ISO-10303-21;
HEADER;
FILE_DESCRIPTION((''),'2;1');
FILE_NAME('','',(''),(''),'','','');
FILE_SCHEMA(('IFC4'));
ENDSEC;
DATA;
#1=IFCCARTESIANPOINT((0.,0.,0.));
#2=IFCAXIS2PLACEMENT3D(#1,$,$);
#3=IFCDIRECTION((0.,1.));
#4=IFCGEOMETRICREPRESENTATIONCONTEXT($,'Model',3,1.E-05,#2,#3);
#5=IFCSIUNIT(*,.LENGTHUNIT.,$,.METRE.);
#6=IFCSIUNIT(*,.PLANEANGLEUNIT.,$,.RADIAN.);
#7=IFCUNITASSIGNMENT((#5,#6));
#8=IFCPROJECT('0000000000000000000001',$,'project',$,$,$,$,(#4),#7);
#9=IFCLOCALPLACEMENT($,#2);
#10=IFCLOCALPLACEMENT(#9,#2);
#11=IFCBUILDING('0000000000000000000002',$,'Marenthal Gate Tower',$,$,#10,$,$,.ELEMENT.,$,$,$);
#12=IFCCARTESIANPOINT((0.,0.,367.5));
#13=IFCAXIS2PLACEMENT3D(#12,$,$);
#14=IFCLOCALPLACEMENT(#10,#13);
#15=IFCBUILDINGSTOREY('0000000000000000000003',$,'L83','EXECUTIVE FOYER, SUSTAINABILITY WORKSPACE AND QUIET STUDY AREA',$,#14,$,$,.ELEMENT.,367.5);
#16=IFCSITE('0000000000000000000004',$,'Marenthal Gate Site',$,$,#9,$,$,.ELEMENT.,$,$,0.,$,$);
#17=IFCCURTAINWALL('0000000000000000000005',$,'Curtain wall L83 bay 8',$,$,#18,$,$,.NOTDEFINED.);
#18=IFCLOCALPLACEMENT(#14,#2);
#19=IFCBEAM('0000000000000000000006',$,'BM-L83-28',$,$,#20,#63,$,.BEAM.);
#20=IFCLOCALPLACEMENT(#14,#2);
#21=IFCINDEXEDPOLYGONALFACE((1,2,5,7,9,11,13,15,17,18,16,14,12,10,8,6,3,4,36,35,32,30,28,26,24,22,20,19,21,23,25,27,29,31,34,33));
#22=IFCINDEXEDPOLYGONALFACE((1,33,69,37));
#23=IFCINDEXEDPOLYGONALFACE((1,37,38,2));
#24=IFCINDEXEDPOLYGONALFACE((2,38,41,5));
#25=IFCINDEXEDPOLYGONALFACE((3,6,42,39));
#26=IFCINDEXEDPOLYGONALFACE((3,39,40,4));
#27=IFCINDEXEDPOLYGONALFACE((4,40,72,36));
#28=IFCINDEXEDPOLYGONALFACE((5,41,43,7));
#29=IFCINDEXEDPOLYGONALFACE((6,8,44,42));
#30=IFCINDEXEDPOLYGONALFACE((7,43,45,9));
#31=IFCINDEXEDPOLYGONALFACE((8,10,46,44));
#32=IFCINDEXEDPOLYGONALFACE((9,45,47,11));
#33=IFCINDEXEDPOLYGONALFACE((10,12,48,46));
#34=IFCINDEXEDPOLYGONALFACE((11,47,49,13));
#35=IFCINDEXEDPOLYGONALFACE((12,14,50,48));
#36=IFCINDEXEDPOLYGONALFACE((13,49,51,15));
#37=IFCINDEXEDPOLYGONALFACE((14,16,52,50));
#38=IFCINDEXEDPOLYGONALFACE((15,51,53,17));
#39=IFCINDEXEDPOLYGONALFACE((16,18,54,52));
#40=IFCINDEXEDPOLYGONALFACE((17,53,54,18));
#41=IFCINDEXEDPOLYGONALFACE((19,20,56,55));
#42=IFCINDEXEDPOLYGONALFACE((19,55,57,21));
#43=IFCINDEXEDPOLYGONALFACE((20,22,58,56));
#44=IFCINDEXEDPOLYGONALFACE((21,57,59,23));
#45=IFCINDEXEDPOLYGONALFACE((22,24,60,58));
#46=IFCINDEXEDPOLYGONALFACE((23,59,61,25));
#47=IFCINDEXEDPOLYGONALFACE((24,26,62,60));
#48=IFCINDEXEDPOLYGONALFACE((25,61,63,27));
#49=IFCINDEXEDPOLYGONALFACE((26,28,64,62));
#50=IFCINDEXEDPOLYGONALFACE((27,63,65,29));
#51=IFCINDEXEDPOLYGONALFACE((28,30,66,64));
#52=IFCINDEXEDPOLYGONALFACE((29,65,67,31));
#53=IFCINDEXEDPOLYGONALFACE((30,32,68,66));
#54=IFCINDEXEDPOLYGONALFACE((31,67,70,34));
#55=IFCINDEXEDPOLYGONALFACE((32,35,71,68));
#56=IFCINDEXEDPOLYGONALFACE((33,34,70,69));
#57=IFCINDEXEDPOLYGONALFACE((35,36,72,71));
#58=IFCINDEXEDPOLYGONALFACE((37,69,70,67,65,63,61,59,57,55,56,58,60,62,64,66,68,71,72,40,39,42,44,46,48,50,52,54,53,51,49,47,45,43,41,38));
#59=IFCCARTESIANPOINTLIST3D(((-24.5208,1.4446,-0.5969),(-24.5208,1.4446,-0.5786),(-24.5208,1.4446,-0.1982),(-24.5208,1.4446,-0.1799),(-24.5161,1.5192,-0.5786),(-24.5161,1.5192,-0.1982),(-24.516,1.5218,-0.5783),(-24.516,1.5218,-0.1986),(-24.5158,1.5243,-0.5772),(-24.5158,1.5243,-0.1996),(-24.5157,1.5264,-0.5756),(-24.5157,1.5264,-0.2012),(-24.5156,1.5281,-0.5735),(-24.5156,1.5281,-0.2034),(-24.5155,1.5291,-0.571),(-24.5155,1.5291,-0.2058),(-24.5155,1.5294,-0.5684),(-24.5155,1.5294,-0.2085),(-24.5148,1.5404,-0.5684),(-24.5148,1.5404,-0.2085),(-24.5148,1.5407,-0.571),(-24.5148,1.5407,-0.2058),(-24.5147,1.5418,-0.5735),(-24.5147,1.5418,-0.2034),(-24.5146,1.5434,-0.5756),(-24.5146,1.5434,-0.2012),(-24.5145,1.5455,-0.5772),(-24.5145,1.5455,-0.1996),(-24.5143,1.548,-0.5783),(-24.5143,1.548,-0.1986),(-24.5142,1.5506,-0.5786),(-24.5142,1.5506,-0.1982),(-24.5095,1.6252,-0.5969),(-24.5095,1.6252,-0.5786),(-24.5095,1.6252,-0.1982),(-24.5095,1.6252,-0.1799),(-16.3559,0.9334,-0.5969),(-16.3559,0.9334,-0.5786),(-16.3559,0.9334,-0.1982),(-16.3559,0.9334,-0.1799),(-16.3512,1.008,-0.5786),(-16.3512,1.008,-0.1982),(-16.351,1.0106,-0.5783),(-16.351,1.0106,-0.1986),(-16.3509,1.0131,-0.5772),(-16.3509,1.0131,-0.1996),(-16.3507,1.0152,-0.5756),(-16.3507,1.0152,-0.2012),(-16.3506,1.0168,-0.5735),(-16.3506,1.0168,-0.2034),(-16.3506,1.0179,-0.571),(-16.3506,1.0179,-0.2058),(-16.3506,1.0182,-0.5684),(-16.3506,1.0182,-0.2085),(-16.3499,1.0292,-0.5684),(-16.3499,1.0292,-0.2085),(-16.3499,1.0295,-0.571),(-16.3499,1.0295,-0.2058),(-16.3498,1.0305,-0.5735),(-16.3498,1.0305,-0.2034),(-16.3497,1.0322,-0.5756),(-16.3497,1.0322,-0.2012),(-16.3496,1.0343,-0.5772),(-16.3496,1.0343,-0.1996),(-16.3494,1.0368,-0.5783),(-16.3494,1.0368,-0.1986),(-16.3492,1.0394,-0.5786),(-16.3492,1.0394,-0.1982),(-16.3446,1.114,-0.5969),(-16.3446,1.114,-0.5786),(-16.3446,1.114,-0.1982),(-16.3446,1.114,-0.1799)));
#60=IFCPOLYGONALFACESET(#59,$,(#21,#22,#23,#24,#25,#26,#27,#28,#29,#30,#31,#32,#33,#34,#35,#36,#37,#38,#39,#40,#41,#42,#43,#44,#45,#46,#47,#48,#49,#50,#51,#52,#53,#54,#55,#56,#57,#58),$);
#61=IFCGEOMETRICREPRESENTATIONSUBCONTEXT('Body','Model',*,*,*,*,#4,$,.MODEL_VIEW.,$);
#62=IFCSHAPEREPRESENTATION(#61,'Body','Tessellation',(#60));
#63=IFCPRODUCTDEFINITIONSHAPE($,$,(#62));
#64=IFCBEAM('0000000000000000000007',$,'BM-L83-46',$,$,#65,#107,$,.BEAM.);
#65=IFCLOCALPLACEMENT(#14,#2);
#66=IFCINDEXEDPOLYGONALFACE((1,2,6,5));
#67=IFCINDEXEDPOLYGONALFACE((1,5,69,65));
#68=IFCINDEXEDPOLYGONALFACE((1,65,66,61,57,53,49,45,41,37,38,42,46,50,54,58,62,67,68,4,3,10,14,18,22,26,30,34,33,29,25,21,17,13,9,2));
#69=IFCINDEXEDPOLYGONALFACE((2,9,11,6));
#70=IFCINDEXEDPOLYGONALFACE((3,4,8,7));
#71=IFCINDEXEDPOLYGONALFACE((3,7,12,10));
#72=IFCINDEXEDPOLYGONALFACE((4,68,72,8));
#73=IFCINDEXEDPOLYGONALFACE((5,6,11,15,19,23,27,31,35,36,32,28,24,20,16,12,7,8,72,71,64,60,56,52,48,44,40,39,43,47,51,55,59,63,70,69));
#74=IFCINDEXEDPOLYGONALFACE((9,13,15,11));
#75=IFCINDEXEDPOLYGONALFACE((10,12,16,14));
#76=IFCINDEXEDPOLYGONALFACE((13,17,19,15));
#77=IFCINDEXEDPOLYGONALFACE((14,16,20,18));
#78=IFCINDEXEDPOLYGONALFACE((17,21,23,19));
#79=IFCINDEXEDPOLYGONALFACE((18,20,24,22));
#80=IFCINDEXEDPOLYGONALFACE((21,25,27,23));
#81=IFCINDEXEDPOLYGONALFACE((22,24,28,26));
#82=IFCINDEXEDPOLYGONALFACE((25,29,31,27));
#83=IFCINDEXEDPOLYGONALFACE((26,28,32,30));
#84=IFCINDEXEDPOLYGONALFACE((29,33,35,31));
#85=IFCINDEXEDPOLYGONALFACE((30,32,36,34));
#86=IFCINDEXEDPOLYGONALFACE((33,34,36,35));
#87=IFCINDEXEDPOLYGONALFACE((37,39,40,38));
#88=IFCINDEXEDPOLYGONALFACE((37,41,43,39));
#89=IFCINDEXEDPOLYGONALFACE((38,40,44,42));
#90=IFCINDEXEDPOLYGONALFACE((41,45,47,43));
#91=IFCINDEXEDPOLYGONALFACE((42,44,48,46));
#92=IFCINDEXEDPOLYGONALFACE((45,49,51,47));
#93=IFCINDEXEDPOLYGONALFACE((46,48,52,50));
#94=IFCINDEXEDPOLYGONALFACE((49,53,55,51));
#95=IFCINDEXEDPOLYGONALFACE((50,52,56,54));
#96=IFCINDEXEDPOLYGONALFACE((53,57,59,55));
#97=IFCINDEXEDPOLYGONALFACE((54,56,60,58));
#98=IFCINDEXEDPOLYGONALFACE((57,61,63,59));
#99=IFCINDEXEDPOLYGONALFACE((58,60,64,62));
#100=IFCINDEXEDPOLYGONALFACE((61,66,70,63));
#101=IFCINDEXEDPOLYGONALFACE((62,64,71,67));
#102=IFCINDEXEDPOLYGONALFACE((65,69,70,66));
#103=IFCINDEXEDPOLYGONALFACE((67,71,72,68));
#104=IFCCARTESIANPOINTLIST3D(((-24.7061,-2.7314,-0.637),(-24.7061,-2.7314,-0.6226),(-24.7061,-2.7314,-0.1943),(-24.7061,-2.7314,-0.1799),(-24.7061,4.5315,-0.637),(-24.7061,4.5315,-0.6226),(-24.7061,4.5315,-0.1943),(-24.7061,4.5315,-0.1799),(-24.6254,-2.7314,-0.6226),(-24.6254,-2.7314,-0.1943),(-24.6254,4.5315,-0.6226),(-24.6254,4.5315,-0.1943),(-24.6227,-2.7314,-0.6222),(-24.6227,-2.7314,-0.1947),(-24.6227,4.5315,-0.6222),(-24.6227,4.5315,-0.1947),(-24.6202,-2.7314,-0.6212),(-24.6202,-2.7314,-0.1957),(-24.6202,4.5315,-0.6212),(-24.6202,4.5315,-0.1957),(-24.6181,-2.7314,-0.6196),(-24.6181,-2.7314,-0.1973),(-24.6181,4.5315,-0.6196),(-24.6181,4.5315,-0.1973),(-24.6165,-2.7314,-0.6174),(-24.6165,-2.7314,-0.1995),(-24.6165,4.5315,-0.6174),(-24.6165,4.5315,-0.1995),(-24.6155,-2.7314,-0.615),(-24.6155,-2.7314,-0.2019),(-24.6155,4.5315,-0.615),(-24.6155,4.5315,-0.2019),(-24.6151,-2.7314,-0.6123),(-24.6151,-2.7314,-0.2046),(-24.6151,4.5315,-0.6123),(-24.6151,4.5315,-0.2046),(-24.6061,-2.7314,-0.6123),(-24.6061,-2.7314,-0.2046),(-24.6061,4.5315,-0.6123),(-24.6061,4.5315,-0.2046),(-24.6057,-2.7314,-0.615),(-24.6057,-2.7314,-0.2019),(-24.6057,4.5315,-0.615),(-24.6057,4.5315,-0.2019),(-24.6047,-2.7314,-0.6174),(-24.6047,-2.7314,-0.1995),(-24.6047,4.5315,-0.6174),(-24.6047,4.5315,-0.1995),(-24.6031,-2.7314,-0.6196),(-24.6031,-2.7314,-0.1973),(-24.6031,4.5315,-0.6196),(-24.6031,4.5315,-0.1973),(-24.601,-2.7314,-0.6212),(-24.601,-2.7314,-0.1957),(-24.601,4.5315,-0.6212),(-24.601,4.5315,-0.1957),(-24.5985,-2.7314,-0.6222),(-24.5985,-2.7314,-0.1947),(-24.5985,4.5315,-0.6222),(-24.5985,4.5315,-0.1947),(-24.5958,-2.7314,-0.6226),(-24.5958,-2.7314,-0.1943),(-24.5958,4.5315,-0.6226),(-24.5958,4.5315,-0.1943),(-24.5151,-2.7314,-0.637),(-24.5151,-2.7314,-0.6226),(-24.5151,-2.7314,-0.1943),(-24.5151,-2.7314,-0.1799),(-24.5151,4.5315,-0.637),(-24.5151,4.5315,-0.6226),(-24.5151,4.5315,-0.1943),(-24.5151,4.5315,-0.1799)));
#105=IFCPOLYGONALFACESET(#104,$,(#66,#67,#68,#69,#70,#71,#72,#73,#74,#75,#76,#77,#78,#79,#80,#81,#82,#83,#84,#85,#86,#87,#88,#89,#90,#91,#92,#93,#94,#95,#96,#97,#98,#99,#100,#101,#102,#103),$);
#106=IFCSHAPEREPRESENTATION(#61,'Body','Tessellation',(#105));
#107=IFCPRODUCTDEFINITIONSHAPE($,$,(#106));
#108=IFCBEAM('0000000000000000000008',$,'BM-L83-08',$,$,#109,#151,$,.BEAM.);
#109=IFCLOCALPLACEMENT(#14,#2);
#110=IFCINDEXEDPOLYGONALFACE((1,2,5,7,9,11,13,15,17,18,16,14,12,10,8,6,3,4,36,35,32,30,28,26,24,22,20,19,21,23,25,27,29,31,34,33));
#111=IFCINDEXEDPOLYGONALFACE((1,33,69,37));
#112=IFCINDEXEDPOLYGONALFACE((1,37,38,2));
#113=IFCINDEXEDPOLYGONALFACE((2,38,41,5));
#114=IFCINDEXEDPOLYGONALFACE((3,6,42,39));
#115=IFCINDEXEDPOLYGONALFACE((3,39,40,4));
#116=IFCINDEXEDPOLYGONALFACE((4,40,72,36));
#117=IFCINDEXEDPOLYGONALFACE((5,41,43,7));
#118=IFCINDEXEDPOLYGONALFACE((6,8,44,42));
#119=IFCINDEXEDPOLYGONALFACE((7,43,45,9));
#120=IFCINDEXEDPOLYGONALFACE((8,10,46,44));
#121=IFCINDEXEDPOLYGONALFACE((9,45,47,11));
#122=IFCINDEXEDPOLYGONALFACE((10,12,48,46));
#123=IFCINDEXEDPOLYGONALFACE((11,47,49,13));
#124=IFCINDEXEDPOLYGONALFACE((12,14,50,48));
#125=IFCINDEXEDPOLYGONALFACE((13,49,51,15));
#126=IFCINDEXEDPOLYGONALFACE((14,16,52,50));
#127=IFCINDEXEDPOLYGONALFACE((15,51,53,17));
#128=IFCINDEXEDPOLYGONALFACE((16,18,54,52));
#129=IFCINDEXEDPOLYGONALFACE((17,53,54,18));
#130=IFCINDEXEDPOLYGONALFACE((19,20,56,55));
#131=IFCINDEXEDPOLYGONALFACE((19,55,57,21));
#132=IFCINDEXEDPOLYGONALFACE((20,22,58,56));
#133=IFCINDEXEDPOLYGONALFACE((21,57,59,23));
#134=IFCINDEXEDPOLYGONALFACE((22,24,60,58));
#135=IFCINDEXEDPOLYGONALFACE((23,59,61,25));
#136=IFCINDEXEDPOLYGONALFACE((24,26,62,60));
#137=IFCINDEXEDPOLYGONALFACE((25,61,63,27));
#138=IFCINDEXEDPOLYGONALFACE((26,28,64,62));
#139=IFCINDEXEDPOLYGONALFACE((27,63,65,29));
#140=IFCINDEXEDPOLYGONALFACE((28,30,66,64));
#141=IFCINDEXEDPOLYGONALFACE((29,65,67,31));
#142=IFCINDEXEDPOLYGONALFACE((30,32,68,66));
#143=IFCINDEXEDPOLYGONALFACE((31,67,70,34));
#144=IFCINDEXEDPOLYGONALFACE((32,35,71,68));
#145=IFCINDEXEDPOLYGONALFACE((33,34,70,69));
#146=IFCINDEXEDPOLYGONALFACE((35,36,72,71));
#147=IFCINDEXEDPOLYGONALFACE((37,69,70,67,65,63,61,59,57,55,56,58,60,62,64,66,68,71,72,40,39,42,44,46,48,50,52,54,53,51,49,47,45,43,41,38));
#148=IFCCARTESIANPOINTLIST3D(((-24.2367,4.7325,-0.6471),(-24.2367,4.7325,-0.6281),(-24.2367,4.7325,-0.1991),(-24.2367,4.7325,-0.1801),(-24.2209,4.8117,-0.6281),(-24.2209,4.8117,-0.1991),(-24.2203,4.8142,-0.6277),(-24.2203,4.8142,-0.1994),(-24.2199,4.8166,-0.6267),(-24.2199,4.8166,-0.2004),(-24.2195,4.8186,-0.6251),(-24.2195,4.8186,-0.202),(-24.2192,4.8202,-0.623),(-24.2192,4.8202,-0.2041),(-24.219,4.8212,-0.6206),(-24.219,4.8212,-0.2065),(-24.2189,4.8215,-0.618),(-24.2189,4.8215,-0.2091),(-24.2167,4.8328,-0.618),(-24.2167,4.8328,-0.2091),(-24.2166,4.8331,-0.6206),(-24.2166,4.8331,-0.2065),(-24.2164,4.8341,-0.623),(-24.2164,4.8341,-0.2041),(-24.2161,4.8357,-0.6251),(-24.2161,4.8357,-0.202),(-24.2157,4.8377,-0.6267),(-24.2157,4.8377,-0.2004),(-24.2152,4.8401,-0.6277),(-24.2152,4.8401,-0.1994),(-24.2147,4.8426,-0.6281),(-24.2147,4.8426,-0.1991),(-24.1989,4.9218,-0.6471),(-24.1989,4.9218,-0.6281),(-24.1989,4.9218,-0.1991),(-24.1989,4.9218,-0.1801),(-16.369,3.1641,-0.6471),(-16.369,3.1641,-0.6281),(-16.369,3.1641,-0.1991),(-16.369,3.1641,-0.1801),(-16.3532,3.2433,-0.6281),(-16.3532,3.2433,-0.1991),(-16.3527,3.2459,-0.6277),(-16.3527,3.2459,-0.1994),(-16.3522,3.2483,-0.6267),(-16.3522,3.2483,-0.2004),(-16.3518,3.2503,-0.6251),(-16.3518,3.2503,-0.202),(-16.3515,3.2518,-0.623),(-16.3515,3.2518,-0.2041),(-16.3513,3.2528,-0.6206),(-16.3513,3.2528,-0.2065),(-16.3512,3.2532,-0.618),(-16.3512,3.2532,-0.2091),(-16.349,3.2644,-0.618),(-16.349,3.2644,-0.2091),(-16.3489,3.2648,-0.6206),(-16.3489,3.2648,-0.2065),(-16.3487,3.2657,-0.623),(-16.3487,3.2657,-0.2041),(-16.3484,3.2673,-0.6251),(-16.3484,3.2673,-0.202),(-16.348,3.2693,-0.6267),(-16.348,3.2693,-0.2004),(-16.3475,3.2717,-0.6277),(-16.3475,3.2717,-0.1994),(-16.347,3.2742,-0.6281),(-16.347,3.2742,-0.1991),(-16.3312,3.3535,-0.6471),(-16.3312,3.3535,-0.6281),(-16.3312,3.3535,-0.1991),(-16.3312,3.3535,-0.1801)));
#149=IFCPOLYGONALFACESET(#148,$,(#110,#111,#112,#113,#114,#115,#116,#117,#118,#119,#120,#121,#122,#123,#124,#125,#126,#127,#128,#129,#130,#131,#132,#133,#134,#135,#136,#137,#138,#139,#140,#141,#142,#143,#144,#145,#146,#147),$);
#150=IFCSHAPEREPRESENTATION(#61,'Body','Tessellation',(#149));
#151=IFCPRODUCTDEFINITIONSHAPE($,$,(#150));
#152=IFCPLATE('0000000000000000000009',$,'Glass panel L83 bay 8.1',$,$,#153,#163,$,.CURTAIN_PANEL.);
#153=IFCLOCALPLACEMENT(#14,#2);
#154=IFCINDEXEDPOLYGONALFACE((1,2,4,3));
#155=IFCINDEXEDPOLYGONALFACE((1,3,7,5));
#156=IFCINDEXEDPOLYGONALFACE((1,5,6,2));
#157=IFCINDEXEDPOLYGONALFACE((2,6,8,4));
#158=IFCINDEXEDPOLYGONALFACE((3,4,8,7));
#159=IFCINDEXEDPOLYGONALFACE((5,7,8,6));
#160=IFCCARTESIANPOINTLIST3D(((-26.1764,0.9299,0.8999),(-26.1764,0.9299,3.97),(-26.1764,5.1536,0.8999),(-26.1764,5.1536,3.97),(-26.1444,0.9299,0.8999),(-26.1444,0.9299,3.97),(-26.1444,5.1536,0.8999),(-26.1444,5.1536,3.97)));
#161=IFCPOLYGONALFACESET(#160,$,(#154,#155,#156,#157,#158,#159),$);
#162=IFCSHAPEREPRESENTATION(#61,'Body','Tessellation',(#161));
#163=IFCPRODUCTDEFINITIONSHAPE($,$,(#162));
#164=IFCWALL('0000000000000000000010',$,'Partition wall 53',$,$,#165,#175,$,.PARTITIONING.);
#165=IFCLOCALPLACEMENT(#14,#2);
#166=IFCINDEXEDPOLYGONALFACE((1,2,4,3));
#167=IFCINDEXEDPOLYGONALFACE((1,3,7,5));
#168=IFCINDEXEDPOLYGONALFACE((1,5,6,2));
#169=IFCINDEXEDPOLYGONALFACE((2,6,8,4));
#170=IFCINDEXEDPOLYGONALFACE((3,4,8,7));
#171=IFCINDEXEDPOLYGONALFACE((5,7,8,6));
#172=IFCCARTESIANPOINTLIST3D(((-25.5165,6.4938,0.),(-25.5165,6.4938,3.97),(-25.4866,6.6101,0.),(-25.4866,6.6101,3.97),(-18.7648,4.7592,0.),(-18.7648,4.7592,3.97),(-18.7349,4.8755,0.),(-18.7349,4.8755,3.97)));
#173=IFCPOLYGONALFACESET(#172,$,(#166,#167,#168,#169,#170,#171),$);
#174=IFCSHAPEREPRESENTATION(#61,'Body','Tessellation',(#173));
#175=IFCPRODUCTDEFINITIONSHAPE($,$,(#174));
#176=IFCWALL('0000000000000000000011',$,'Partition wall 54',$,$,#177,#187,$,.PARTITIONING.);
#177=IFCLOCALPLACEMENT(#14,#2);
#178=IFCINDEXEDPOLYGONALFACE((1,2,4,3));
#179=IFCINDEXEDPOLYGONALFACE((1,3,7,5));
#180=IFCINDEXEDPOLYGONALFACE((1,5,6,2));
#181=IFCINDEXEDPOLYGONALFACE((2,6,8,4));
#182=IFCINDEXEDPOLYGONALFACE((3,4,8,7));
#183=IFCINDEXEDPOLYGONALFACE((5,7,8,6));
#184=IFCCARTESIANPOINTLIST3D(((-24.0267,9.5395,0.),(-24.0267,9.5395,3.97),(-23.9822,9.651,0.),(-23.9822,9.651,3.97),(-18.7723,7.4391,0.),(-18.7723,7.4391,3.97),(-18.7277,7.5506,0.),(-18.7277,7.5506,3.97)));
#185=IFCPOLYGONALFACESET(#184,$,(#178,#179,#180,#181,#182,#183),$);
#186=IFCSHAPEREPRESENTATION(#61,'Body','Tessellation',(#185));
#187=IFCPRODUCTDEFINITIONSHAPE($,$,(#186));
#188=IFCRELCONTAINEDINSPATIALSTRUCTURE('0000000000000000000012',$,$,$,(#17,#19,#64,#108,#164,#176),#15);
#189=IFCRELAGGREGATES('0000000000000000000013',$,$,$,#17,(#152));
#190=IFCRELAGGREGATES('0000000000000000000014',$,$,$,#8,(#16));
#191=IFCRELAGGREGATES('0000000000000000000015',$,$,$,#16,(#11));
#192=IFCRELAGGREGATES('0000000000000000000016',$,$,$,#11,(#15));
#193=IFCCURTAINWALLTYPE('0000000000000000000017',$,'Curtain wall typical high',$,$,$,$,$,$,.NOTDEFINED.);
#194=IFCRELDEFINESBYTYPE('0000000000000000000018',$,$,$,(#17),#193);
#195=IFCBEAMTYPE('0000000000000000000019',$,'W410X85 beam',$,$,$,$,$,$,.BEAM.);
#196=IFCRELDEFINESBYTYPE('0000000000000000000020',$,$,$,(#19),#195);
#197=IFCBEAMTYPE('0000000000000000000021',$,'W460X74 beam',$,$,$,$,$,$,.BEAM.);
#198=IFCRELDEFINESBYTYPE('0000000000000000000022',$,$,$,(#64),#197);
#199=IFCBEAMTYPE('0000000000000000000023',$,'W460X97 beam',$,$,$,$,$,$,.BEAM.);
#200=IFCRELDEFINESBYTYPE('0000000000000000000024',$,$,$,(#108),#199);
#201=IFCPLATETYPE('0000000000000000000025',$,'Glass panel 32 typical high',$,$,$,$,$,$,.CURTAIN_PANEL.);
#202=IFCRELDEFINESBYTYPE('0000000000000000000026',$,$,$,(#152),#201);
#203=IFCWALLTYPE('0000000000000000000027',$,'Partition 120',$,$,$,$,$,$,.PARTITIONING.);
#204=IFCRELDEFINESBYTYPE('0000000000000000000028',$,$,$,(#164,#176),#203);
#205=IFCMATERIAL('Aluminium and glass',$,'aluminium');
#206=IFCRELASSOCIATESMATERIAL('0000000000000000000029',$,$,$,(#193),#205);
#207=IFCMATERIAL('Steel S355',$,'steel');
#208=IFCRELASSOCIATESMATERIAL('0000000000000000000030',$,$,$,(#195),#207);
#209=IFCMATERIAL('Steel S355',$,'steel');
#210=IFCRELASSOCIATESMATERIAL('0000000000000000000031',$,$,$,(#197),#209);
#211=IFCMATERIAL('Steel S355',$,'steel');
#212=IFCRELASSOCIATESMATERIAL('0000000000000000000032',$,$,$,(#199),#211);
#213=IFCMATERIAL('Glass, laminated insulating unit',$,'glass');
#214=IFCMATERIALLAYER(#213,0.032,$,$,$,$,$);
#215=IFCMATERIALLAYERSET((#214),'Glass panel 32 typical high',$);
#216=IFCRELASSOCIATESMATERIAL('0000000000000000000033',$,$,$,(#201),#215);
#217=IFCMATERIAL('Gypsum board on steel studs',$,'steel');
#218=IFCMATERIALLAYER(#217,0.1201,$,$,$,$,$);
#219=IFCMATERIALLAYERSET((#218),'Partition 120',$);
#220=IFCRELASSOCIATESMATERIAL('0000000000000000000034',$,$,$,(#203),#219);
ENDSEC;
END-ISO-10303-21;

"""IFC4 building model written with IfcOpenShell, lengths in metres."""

from ifc_helpers import new_model, si_unit, direction, frame, frame_2d, origin, origin_2d, place, context, subcontext, project, spatial, rectangle, i_section, extrude, material, layer, layer_set, material_profile, profile_set, type_object, element, aggregate, save


model = new_model("IFC4")

# Units and contexts
model_context = context("Model", 3, precision=1e-05, world=origin(), true_north=direction((0.0, 1.0)))
body_context = subcontext(model_context, "Body", "Model", "MODEL_VIEW")
ifc_project = project(units=[si_unit("LENGTHUNIT", "METRE"), si_unit("PLANEANGLEUNIT", "RADIAN")], contexts=[model_context])

# Site, building, storey
site_placement = place(None, origin())
site = spatial("IfcSite", under=ifc_project, at=site_placement, Name="Marenthal Gate Site", CompositionType="ELEMENT", RefElevation=0.0)
building_placement = place(site_placement, origin())
building = spatial("IfcBuilding", under=site, at=building_placement, Name="Marenthal Gate Tower", CompositionType="ELEMENT")
storey_placement = place(building_placement, frame((0.0, 0.0, 367.5)))
storey = spatial("IfcBuildingStorey", under=building, at=storey_placement, Name="L83", Description="EXECUTIVE FOYER, SUSTAINABILITY WORKSPACE AND QUIET STUDY AREA", CompositionType="ELEMENT", Elevation=367.5)

# Curtain wall
ifc_material_1 = material(Name="Aluminium and glass", Category="aluminium")
curtain_wall_type = type_object("IfcCurtainWallType", Name="Curtain wall typical high", PredefinedType="NOTDEFINED", material=ifc_material_1)
curtain_wall_placement = place(storey_placement, origin())
curtain_wall = element("IfcCurtainWall", 1, at=curtain_wall_placement, inside=storey, type_object=curtain_wall_type, Name="Curtain wall L83 bay 8", PredefinedType="NOTDEFINED")

# Beams
ifc_material_2 = material(Name="Steel S355", Category="steel")
ifc_material_profile_1 = material_profile(ifc_material_2, i_section(OverallWidth=0.1809, OverallDepth=0.417, WebThickness=0.011, FlangeThickness=0.0183, FilletRadius=0.0103, at=origin_2d()), Name="W410X85")
ifc_profile_set_1 = profile_set([ifc_material_profile_1], Name="Steel S355")
beam_type_1 = type_object("IfcBeamType", Name="W410X85 beam", PredefinedType="BEAM", material=ifc_profile_set_1)
beam_1_placement = place(storey_placement, frame((-24.5151, 1.5349, -0.3884), z_axis=(0.998046, -0.06249, 0.0), x_axis=(0.06249, 0.998046, 0.0)))
element("IfcBeam", 2, at=beam_1_placement, inside=storey, type_object=beam_type_1, Name="BM-L83-28", PredefinedType="BEAM", context=body_context, shape_type="SweptSolid", body=[
    extrude(i_section(OverallWidth=0.1809, OverallDepth=0.417, WebThickness=0.011, FlangeThickness=0.0183, FilletRadius=0.0103, at=origin_2d()), origin(), (0.0, 0.0, 1.0), 8.1809),
])
ifc_material_3 = material(Name="Steel S355", Category="steel")
ifc_material_profile_2 = material_profile(ifc_material_3, i_section(OverallWidth=0.1909, OverallDepth=0.457, WebThickness=0.009, FlangeThickness=0.0144, FilletRadius=0.0103, at=origin_2d()), Name="W460X74")
ifc_profile_set_2 = profile_set([ifc_material_profile_2], Name="Steel S355")
beam_type_2 = type_object("IfcBeamType", Name="W460X74 beam", PredefinedType="BEAM", material=ifc_profile_set_2)
beam_2_placement = place(storey_placement, frame((-24.6106, 4.5315, -0.4084), z_axis=(0.0, -1.0, 0.0), x_axis=(1.0, 0.0, 0.0)))
element("IfcBeam", 3, at=beam_2_placement, inside=storey, type_object=beam_type_2, Name="BM-L83-46", PredefinedType="BEAM", context=body_context, shape_type="SweptSolid", body=[
    extrude(i_section(OverallWidth=0.1909, OverallDepth=0.457, WebThickness=0.009, FlangeThickness=0.0144, FilletRadius=0.0103, at=origin_2d()), origin(), (0.0, 0.0, 1.0), 7.2629),
])
ifc_material_4 = material(Name="Steel S355", Category="steel")
ifc_material_profile_3 = material_profile(ifc_material_4, i_section(OverallWidth=0.1931, OverallDepth=0.467, WebThickness=0.0115, FlangeThickness=0.019, FilletRadius=0.01, at=origin_2d()), Name="W460X97")
ifc_profile_set_3 = profile_set([ifc_material_profile_3], Name="Steel S355")
beam_type_3 = type_object("IfcBeamType", Name="W460X97 beam", PredefinedType="BEAM", material=ifc_profile_set_3)
beam_3_placement = place(storey_placement, frame((-24.2178, 4.8271, -0.4136), z_axis=(0.980705, -0.195496, 0.0), x_axis=(0.195496, 0.980705, 0.0)))
element("IfcBeam", 4, at=beam_3_placement, inside=storey, type_object=beam_type_3, Name="BM-L83-08", PredefinedType="BEAM", context=body_context, shape_type="SweptSolid", body=[
    extrude(i_section(OverallWidth=0.1931, OverallDepth=0.467, WebThickness=0.0115, FlangeThickness=0.019, FilletRadius=0.01, at=origin_2d()), origin(), (0.0, 0.0, 1.0), 8.0225),
])

# Plate
ifc_material_5 = material(Name="Glass, laminated insulating unit", Category="glass")
ifc_layer_1 = layer(ifc_material_5, 0.032)
ifc_layer_set_1 = layer_set([ifc_layer_1], Name="Glass panel 32 typical high")
plate_type = type_object("IfcPlateType", Name="Glass panel 32 typical high", PredefinedType="CURTAIN_PANEL", material=ifc_layer_set_1)
plate_placement = place(storey_placement, frame((-26.1604, 3.0417, 0.8999), z_axis=(0.0, 0.0, 1.0), x_axis=(0.0, -1.0, 0.0)))
plate = element("IfcPlate", 5, at=plate_placement, type_object=plate_type, Name="Glass panel L83 bay 8.1", PredefinedType="CURTAIN_PANEL", context=body_context, shape_type="SweptSolid", body=[
    extrude(rectangle(XDim=4.2236, YDim=0.032, at=origin_2d()), origin(), (0.0, 0.0, 1.0), 3.0701),
])
aggregate(curtain_wall, [plate])

# Walls
ifc_material_6 = material(Name="Gypsum board on steel studs", Category="steel")
ifc_layer_2 = layer(ifc_material_6, 0.1201)
ifc_layer_set_2 = layer_set([ifc_layer_2], Name="Partition 120")
wall_type_1 = type_object("IfcWallType", Name="Partition 120", PredefinedType="PARTITIONING", material=ifc_layer_set_2)
wall_1_placement = place(storey_placement, frame((-18.75, 4.8174, 0.0), z_axis=(0.0, 0.0, 1.0), x_axis=(-0.968546, 0.248835, 0.0)))
element("IfcWall", 6, at=wall_1_placement, inside=storey, type_object=wall_type_1, Name="Partition wall 53", PredefinedType="PARTITIONING", context=body_context, shape_type="SweptSolid", body=[
    extrude(rectangle(XDim=6.9709, YDim=0.1201, at=frame_2d((3.4854, 0.0))), origin(), (0.0, 0.0, 1.0), 3.97),
])
wall_2_placement = place(storey_placement, frame((-18.75, 7.4949, 0.0), z_axis=(0.0, 0.0, 1.0), x_axis=(-0.928563, 0.371175, 0.0)))
element("IfcWall", 7, at=wall_2_placement, inside=storey, type_object=wall_type_1, Name="Partition wall 54", PredefinedType="PARTITIONING", context=body_context, shape_type="SweptSolid", body=[
    extrude(rectangle(XDim=5.6587, YDim=0.1201, at=frame_2d((2.8293, 0.0))), origin(), (0.0, 0.0, 1.0), 3.97),
])

save(model, "model.ifc")
